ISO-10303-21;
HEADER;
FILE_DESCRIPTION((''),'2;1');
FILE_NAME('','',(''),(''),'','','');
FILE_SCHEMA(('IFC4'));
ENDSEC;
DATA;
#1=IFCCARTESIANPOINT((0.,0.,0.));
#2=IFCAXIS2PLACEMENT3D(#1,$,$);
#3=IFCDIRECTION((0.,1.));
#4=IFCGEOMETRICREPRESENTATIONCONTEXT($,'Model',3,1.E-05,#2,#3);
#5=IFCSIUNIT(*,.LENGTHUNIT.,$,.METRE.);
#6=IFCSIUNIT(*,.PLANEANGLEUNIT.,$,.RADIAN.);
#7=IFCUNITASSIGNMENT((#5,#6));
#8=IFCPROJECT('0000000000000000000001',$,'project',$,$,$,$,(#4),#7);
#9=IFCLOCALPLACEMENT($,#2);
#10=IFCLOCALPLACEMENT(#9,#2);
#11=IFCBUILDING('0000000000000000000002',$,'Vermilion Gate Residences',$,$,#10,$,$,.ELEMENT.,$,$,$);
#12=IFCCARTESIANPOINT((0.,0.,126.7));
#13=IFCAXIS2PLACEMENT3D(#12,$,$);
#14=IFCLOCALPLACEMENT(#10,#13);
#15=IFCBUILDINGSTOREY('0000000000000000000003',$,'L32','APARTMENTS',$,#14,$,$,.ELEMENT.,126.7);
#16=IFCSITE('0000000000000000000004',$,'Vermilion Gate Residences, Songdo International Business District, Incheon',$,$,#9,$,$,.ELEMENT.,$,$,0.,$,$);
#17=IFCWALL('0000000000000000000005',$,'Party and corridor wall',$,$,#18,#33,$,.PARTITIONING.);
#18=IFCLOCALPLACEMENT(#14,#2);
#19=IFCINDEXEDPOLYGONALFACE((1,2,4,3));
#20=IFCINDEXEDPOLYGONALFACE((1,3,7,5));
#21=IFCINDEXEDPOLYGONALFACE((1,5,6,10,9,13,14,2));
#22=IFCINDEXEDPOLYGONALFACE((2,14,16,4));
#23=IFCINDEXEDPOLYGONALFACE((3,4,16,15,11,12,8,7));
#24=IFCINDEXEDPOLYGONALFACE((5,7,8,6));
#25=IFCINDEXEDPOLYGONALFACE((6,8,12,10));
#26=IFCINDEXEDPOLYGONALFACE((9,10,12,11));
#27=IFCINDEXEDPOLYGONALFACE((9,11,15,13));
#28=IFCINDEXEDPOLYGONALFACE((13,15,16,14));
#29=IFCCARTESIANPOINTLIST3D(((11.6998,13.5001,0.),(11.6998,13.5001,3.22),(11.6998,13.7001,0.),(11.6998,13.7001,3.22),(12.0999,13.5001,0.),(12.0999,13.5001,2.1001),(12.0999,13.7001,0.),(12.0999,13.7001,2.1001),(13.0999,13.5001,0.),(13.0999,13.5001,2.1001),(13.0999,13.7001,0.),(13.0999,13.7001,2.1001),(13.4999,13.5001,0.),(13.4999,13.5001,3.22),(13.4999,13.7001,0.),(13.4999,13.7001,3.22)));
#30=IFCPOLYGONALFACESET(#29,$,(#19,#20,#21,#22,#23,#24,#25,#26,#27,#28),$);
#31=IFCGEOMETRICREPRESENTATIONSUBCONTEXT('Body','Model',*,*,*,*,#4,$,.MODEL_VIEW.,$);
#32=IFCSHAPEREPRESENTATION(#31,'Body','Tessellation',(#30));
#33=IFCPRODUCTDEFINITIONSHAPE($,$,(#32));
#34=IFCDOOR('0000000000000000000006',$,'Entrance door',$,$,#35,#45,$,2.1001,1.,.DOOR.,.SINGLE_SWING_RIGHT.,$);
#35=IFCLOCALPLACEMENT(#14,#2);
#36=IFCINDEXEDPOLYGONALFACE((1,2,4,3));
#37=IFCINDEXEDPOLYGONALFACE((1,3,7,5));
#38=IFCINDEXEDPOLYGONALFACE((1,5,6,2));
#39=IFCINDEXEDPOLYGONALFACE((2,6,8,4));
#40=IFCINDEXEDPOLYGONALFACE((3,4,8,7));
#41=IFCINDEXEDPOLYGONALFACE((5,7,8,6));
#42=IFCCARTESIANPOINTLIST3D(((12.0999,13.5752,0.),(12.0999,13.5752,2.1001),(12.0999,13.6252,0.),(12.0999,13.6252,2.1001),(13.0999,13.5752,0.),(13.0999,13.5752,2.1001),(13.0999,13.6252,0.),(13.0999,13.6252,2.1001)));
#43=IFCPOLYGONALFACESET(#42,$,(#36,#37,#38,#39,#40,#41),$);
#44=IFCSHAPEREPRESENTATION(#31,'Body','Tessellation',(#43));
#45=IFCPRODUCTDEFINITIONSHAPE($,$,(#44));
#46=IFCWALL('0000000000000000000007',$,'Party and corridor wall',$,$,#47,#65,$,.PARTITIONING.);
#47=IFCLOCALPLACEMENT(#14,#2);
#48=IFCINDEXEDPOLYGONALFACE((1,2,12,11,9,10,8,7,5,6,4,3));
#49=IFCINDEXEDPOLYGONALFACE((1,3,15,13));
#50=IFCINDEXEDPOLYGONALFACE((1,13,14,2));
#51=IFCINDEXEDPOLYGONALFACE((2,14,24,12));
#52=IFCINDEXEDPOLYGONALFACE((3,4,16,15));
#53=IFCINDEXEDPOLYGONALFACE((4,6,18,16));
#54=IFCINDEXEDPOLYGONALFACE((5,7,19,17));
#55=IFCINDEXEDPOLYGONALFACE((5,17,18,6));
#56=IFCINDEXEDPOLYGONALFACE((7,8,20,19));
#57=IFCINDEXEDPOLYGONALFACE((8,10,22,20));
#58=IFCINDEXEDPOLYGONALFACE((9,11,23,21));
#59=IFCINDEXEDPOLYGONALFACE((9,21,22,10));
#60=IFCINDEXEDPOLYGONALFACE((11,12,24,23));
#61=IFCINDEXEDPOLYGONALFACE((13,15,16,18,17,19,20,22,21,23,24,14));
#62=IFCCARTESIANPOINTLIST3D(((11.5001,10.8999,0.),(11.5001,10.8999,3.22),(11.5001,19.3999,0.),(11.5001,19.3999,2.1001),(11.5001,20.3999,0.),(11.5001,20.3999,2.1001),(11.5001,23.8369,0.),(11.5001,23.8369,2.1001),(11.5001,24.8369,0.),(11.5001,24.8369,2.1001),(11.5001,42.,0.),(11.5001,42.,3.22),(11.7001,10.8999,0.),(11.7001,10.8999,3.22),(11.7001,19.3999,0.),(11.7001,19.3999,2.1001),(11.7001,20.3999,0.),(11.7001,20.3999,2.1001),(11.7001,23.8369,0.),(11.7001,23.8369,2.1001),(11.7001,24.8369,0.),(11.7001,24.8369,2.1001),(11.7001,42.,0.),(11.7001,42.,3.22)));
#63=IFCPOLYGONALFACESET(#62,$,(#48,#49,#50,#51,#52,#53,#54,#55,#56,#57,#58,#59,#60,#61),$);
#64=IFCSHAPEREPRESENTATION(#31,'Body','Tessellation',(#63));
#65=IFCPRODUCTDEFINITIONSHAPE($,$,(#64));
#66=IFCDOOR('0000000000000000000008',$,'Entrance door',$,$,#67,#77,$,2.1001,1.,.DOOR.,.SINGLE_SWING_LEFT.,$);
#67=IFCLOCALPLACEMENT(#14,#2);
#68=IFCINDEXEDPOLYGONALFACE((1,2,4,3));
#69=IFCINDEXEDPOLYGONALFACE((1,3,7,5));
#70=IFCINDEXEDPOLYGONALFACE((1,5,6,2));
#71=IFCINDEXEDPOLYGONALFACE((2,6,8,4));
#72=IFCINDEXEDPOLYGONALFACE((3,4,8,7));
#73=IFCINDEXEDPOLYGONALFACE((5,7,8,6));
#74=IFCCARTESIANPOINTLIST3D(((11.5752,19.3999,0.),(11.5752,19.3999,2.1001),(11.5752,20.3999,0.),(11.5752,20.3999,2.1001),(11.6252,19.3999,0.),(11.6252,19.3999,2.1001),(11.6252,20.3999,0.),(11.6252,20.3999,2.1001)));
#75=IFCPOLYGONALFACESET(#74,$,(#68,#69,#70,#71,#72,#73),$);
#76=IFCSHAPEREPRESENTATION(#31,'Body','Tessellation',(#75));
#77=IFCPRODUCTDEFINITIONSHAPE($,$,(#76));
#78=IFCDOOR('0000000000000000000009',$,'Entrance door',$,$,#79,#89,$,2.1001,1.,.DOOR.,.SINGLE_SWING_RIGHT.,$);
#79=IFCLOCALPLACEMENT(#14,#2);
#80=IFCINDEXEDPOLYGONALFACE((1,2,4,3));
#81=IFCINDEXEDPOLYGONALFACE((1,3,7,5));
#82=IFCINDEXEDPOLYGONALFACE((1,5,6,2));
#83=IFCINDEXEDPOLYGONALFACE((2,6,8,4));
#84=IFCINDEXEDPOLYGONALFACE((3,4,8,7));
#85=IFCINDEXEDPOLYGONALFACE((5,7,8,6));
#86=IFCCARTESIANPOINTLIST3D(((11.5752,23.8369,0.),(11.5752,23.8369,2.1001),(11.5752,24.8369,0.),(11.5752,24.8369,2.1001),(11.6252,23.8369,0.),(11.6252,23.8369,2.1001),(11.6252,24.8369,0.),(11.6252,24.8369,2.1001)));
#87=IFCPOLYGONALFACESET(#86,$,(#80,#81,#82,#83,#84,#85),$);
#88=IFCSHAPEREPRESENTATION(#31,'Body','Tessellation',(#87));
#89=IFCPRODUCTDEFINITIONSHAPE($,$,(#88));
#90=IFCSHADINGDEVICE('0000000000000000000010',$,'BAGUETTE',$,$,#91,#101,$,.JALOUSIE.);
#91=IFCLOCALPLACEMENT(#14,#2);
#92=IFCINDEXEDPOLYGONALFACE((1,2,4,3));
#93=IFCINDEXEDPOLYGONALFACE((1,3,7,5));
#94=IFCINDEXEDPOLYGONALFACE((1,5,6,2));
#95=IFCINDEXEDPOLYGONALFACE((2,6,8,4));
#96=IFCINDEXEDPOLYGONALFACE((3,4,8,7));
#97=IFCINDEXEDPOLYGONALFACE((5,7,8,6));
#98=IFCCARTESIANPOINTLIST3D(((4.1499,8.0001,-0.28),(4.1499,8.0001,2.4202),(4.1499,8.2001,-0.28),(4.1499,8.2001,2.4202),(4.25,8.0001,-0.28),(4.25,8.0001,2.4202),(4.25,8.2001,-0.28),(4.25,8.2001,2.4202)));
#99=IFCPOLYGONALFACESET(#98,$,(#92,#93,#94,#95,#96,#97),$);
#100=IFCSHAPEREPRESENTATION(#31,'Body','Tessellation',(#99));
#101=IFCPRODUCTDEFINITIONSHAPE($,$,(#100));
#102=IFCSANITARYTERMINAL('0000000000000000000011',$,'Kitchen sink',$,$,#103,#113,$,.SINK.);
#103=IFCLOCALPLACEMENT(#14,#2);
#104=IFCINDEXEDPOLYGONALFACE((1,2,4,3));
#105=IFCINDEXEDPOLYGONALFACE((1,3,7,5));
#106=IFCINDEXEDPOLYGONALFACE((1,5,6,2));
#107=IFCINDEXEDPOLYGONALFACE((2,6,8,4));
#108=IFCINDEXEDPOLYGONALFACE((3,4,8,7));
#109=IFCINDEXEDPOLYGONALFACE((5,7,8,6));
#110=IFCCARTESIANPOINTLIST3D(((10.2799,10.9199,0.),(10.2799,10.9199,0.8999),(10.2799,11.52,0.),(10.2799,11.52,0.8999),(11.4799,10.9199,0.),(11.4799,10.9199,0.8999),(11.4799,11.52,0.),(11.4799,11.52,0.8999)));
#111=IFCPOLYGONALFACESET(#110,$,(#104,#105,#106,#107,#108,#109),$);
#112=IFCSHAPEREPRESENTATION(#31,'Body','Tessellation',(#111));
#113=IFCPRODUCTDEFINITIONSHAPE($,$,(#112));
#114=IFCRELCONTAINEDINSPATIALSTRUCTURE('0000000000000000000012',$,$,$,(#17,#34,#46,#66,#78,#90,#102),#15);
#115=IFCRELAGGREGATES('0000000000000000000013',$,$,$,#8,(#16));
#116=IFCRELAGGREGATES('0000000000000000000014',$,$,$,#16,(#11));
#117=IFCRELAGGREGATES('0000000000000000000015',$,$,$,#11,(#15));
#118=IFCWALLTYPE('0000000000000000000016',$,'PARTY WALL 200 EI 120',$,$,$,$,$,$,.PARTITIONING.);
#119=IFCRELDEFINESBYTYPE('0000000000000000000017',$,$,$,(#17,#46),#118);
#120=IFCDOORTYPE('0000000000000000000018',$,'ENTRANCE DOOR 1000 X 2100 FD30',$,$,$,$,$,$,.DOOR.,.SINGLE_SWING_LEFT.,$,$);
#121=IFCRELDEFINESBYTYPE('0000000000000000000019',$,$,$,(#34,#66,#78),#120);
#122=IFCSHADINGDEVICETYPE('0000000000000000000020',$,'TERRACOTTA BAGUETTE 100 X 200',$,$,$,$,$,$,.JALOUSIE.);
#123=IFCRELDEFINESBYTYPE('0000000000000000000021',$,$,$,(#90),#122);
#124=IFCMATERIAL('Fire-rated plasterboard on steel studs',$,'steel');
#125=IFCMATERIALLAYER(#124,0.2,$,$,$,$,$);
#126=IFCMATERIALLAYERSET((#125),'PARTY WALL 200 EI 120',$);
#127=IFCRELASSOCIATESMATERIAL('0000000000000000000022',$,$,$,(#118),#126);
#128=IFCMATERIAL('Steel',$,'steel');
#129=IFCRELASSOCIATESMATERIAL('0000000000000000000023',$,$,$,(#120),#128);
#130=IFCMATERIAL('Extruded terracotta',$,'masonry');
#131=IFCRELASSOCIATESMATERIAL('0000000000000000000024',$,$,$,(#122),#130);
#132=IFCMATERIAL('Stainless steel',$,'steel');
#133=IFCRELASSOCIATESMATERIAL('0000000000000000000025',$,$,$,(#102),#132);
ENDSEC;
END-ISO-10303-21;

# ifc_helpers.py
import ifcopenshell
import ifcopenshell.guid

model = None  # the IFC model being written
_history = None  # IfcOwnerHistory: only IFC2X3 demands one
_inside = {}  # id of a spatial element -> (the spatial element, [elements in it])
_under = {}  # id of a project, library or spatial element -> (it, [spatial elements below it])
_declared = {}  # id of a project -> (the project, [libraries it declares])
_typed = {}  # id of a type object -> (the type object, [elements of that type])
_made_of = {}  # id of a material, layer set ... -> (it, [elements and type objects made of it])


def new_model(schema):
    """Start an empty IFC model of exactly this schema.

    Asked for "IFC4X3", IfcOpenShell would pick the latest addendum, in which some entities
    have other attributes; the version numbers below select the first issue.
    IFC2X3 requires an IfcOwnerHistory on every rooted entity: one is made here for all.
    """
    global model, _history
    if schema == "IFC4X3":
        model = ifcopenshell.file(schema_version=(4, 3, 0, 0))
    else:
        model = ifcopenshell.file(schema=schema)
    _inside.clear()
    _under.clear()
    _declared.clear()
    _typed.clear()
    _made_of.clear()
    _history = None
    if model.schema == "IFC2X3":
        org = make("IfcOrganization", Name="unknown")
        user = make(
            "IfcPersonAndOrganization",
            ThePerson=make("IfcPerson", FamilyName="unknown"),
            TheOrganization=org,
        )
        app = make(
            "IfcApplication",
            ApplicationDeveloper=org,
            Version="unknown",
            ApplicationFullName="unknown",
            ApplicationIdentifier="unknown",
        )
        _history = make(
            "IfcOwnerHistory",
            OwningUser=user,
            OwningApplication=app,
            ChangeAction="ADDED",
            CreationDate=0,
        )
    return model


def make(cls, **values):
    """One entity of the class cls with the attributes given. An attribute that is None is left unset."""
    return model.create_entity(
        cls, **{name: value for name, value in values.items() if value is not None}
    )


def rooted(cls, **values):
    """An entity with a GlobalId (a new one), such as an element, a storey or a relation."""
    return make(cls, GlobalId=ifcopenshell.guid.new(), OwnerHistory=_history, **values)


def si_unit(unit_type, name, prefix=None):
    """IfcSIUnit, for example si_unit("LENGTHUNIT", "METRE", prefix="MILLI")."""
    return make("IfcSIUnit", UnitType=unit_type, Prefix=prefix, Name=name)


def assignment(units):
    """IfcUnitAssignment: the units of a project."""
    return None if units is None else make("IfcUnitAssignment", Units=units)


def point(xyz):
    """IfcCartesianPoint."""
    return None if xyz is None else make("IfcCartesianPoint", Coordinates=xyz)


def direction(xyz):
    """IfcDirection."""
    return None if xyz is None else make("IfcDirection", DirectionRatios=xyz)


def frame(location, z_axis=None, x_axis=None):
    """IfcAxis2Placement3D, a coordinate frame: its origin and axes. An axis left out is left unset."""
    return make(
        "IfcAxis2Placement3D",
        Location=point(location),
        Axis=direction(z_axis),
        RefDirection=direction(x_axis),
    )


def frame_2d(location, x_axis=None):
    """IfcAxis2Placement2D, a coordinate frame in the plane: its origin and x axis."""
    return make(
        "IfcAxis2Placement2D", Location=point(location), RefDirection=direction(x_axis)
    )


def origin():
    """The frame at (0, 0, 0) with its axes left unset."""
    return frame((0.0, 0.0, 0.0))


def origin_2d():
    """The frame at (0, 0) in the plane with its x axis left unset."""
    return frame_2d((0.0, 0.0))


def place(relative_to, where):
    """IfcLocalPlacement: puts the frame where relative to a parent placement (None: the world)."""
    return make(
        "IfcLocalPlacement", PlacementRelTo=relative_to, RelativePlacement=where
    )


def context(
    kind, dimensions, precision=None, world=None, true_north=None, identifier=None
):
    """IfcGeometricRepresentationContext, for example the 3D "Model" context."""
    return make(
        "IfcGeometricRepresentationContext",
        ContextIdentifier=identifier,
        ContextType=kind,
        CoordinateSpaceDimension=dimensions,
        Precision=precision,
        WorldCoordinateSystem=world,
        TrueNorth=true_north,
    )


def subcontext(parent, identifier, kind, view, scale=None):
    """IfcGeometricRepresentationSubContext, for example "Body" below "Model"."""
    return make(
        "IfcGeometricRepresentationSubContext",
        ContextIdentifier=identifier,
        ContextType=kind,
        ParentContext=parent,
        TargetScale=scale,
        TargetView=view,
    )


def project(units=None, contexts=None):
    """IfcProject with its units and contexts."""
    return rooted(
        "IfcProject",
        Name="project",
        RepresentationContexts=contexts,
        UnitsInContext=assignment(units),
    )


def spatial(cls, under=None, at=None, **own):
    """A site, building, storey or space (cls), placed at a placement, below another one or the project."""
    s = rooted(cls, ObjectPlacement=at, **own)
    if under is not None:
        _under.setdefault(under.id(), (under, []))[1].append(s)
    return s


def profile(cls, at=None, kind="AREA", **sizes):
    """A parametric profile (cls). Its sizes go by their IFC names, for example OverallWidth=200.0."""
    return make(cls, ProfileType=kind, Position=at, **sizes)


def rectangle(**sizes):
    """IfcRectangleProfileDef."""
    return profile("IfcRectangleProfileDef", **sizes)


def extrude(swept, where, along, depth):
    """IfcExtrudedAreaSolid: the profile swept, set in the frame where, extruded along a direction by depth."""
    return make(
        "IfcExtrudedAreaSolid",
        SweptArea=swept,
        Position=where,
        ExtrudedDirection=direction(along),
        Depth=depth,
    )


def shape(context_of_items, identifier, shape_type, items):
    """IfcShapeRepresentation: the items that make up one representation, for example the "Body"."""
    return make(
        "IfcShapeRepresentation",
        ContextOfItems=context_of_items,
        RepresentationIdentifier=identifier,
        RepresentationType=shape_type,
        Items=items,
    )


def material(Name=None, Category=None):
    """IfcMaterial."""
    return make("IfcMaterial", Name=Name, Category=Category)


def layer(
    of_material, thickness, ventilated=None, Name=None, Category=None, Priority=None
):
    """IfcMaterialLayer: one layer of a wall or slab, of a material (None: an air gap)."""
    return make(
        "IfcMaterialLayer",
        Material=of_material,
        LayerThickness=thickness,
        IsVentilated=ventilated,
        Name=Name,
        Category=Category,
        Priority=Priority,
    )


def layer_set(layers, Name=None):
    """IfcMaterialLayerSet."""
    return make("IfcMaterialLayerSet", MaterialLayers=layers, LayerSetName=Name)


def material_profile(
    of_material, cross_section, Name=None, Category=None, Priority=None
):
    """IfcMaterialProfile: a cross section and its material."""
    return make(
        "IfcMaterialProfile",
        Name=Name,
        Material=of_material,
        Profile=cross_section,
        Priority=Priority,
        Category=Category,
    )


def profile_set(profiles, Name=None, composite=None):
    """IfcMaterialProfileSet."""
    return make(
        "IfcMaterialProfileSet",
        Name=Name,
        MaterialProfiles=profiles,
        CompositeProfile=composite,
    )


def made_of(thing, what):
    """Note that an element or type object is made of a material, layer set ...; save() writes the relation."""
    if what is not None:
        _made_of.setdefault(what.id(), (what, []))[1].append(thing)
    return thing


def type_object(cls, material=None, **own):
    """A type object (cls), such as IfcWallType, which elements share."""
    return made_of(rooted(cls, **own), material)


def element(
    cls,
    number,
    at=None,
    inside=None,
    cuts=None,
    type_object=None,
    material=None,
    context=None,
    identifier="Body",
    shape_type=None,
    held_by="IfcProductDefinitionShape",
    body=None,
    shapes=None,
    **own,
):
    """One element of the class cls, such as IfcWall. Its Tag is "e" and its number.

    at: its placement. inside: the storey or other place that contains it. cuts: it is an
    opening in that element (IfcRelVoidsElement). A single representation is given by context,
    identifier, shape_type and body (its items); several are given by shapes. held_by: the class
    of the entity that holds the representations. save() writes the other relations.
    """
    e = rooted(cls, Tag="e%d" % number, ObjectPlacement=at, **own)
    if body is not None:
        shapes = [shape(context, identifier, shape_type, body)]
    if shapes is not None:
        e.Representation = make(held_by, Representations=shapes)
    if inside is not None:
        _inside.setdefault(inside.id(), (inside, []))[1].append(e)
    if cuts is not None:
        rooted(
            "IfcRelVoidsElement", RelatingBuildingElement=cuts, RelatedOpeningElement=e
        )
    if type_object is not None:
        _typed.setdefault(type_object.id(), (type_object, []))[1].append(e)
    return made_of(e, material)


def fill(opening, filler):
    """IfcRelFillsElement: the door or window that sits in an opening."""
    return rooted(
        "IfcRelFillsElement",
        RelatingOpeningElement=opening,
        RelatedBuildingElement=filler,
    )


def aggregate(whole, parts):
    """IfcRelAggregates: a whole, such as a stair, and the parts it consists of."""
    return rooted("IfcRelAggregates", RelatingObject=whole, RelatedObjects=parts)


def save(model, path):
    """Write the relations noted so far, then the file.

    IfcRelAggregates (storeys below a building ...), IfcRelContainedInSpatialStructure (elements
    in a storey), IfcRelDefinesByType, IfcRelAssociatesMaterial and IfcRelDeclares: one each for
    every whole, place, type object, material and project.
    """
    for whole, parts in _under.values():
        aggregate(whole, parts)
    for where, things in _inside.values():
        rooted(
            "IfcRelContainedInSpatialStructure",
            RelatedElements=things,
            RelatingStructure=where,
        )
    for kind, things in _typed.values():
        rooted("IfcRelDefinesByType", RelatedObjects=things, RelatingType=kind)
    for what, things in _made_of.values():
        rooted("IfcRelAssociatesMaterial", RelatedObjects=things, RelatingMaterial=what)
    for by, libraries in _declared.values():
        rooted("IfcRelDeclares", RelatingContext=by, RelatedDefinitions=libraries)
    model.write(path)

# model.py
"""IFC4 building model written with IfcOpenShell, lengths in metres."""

from ifc_helpers import new_model, si_unit, direction, frame, frame_2d, origin, origin_2d, place, context, subcontext, project, spatial, rectangle, extrude, material, layer, layer_set, material_profile, profile_set, type_object, element, fill, save


model = new_model("IFC4")

# Units and contexts
model_context = context("Model", 3, precision=1e-05, world=origin(), true_north=direction((0.0, 1.0)))
body_context = subcontext(model_context, "Body", "Model", "MODEL_VIEW")
ifc_project = project(units=[si_unit("LENGTHUNIT", "METRE"), si_unit("PLANEANGLEUNIT", "RADIAN")], contexts=[model_context])

# Site, building, storey
site_placement = place(None, origin())
site = spatial("IfcSite", under=ifc_project, at=site_placement, Name="Vermilion Gate Residences, Songdo International Business District, Incheon", CompositionType="ELEMENT", RefElevation=0.0)
building_placement = place(site_placement, origin())
building = spatial("IfcBuilding", under=site, at=building_placement, Name="Vermilion Gate Residences", CompositionType="ELEMENT")
storey_placement = place(building_placement, frame((0.0, 0.0, 126.7)))
storey = spatial("IfcBuildingStorey", under=building, at=storey_placement, Name="L32", Description="APARTMENTS", CompositionType="ELEMENT", Elevation=126.7)

# Wall, opening, door
ifc_material_1 = material(Name="Fire-rated plasterboard on steel studs", Category="steel")
ifc_layer_1 = layer(ifc_material_1, 0.2)
ifc_layer_set_1 = layer_set([ifc_layer_1], Name="PARTY WALL 200 EI 120")
wall_type_1 = type_object("IfcWallType", Name="PARTY WALL 200 EI 120", PredefinedType="PARTITIONING", material=ifc_layer_set_1)
wall_1_placement = place(storey_placement, frame((11.7, 13.6001, 0.0), z_axis=(0.0, 0.0, 1.0), x_axis=(1.0, 0.0, 0.0)))
wall_1 = element("IfcWall", 1, at=wall_1_placement, inside=storey, type_object=wall_type_1, Name="Party and corridor wall", PredefinedType="PARTITIONING", context=body_context, shape_type="SweptSolid", body=[
    extrude(rectangle(XDim=1.8, YDim=0.2, at=frame_2d((0.8999, 0.0))), origin(), (0.0, 0.0, 1.0), 3.22),
])
opening_1_placement = place(wall_1_placement, frame((0.3999, 0.0, 0.0)))
opening_1 = element("IfcOpeningElement", 2, at=opening_1_placement, cuts=wall_1, PredefinedType="OPENING", context=body_context, shape_type="SweptSolid", body=[
    extrude(rectangle(XDim=1.0, YDim=2.1001, at=frame_2d((0.5, 1.05))), frame((0.0, 0.1099, 0.0), z_axis=(0.0, -1.0, 0.0), x_axis=(1.0, 0.0, 0.0)), (0.0, 0.0, 1.0), 0.22),
])
ifc_material_2 = material(Name="Steel", Category="steel")
door_type_1 = type_object("IfcDoorType", Name="ENTRANCE DOOR 1000 X 2100 FD30", OperationType="SINGLE_SWING_LEFT", PredefinedType="DOOR", material=ifc_material_2)
door_1_placement = place(opening_1_placement, frame((1.0, 0.0, 0.0), z_axis=(0.0, 0.0, 1.0), x_axis=(-1.0, 0.0, 0.0)))
door_1 = element("IfcDoor", 3, at=door_1_placement, inside=storey, type_object=door_type_1, Name="Entrance door", OperationType="SINGLE_SWING_RIGHT", OverallHeight=2.1001, OverallWidth=1.0, PredefinedType="DOOR", context=body_context, shape_type="SweptSolid", body=[
    extrude(rectangle(XDim=1.0, YDim=2.1001, at=frame_2d((0.5, 1.05))), frame((0.0, 0.0249, 0.0), z_axis=(0.0, -1.0, 0.0), x_axis=(1.0, 0.0, 0.0)), (0.0, 0.0, 1.0), 0.05),
])
fill(opening_1, door_1)

# Wall, openings, doors
wall_2_placement = place(storey_placement, frame((11.6001, 10.8999, 0.0), z_axis=(0.0, 0.0, 1.0), x_axis=(0.0, 1.0, 0.0)))
wall_2 = element("IfcWall", 4, at=wall_2_placement, inside=storey, type_object=wall_type_1, Name="Party and corridor wall", PredefinedType="PARTITIONING", context=body_context, shape_type="SweptSolid", body=[
    extrude(rectangle(XDim=31.1001, YDim=0.2, at=frame_2d((15.55, 0.0))), origin(), (0.0, 0.0, 1.0), 3.22),
])
opening_2_placement = place(wall_2_placement, frame((8.5, 0.0, 0.0)))
opening_2 = element("IfcOpeningElement", 5, at=opening_2_placement, cuts=wall_2, PredefinedType="OPENING", context=body_context, shape_type="SweptSolid", body=[
    extrude(rectangle(XDim=1.0, YDim=2.1001, at=frame_2d((0.5, 1.05))), frame((0.0, 0.1099, 0.0), z_axis=(0.0, -1.0, 0.0), x_axis=(1.0, 0.0, 0.0)), (0.0, 0.0, 1.0), 0.22),
])
opening_3_placement = place(wall_2_placement, frame((12.937, 0.0, 0.0)))
opening_3 = element("IfcOpeningElement", 6, at=opening_3_placement, cuts=wall_2, PredefinedType="OPENING", context=body_context, shape_type="SweptSolid", body=[
    extrude(rectangle(XDim=1.0, YDim=2.1001, at=frame_2d((0.5, 1.05))), frame((0.0, 0.1099, 0.0), z_axis=(0.0, -1.0, 0.0), x_axis=(1.0, 0.0, 0.0)), (0.0, 0.0, 1.0), 0.22),
])
door_2_placement = place(opening_2_placement, origin())
door_2 = element("IfcDoor", 7, at=door_2_placement, inside=storey, type_object=door_type_1, Name="Entrance door", OperationType="SINGLE_SWING_LEFT", OverallHeight=2.1001, OverallWidth=1.0, PredefinedType="DOOR", context=body_context, shape_type="SweptSolid", body=[
    extrude(rectangle(XDim=1.0, YDim=2.1001, at=frame_2d((0.5, 1.05))), frame((0.0, 0.0249, 0.0), z_axis=(0.0, -1.0, 0.0), x_axis=(1.0, 0.0, 0.0)), (0.0, 0.0, 1.0), 0.05),
])
fill(opening_2, door_2)
door_3_placement = place(opening_3_placement, origin())
door_3 = element("IfcDoor", 8, at=door_3_placement, inside=storey, type_object=door_type_1, Name="Entrance door", OperationType="SINGLE_SWING_RIGHT", OverallHeight=2.1001, OverallWidth=1.0, PredefinedType="DOOR", context=body_context, shape_type="SweptSolid", body=[
    extrude(rectangle(XDim=1.0, YDim=2.1001, at=frame_2d((0.5, 1.05))), frame((0.0, 0.0249, 0.0), z_axis=(0.0, -1.0, 0.0), x_axis=(1.0, 0.0, 0.0)), (0.0, 0.0, 1.0), 0.05),
])
fill(opening_3, door_3)

# Shading device
ifc_material_3 = material(Name="Extruded terracotta", Category="masonry")
ifc_material_profile_1 = material_profile(ifc_material_3, rectangle(XDim=0.2, YDim=0.1001, at=origin_2d()), Name="BAGUETTE 100 X 200")
ifc_profile_set_1 = profile_set([ifc_material_profile_1], Name="Extruded terracotta")
shading_device_type = type_object("IfcShadingDeviceType", Name="TERRACOTTA BAGUETTE 100 X 200", PredefinedType="JALOUSIE", material=ifc_profile_set_1)
shading_device_placement = place(storey_placement, frame((4.2, 8.1001, -0.28), z_axis=(0.0, 0.0, 1.0), x_axis=(0.0, 1.0, 0.0)))
element("IfcShadingDevice", 9, at=shading_device_placement, inside=storey, type_object=shading_device_type, Name="BAGUETTE", PredefinedType="JALOUSIE", context=body_context, shape_type="SweptSolid", body=[
    extrude(rectangle(XDim=0.2, YDim=0.1001, at=origin_2d()), origin(), (0.0, 0.0, 1.0), 2.7002),
])

# Sanitary terminal
ifc_material_4 = material(Name="Stainless steel", Category="steel")
sanitary_terminal_placement = place(storey_placement, frame((10.8799, 11.22, 0.0), z_axis=(0.0, 0.0, 1.0), x_axis=(1.0, 0.0, 0.0)))
element("IfcSanitaryTerminal", 10, at=sanitary_terminal_placement, inside=storey, material=ifc_material_4, Name="Kitchen sink", PredefinedType="SINK", context=body_context, shape_type="SweptSolid", body=[
    extrude(rectangle(XDim=1.2, YDim=0.6001, at=origin_2d()), origin(), (0.0, 0.0, 1.0), 0.8999),
])

save(model, "model.ifc")
